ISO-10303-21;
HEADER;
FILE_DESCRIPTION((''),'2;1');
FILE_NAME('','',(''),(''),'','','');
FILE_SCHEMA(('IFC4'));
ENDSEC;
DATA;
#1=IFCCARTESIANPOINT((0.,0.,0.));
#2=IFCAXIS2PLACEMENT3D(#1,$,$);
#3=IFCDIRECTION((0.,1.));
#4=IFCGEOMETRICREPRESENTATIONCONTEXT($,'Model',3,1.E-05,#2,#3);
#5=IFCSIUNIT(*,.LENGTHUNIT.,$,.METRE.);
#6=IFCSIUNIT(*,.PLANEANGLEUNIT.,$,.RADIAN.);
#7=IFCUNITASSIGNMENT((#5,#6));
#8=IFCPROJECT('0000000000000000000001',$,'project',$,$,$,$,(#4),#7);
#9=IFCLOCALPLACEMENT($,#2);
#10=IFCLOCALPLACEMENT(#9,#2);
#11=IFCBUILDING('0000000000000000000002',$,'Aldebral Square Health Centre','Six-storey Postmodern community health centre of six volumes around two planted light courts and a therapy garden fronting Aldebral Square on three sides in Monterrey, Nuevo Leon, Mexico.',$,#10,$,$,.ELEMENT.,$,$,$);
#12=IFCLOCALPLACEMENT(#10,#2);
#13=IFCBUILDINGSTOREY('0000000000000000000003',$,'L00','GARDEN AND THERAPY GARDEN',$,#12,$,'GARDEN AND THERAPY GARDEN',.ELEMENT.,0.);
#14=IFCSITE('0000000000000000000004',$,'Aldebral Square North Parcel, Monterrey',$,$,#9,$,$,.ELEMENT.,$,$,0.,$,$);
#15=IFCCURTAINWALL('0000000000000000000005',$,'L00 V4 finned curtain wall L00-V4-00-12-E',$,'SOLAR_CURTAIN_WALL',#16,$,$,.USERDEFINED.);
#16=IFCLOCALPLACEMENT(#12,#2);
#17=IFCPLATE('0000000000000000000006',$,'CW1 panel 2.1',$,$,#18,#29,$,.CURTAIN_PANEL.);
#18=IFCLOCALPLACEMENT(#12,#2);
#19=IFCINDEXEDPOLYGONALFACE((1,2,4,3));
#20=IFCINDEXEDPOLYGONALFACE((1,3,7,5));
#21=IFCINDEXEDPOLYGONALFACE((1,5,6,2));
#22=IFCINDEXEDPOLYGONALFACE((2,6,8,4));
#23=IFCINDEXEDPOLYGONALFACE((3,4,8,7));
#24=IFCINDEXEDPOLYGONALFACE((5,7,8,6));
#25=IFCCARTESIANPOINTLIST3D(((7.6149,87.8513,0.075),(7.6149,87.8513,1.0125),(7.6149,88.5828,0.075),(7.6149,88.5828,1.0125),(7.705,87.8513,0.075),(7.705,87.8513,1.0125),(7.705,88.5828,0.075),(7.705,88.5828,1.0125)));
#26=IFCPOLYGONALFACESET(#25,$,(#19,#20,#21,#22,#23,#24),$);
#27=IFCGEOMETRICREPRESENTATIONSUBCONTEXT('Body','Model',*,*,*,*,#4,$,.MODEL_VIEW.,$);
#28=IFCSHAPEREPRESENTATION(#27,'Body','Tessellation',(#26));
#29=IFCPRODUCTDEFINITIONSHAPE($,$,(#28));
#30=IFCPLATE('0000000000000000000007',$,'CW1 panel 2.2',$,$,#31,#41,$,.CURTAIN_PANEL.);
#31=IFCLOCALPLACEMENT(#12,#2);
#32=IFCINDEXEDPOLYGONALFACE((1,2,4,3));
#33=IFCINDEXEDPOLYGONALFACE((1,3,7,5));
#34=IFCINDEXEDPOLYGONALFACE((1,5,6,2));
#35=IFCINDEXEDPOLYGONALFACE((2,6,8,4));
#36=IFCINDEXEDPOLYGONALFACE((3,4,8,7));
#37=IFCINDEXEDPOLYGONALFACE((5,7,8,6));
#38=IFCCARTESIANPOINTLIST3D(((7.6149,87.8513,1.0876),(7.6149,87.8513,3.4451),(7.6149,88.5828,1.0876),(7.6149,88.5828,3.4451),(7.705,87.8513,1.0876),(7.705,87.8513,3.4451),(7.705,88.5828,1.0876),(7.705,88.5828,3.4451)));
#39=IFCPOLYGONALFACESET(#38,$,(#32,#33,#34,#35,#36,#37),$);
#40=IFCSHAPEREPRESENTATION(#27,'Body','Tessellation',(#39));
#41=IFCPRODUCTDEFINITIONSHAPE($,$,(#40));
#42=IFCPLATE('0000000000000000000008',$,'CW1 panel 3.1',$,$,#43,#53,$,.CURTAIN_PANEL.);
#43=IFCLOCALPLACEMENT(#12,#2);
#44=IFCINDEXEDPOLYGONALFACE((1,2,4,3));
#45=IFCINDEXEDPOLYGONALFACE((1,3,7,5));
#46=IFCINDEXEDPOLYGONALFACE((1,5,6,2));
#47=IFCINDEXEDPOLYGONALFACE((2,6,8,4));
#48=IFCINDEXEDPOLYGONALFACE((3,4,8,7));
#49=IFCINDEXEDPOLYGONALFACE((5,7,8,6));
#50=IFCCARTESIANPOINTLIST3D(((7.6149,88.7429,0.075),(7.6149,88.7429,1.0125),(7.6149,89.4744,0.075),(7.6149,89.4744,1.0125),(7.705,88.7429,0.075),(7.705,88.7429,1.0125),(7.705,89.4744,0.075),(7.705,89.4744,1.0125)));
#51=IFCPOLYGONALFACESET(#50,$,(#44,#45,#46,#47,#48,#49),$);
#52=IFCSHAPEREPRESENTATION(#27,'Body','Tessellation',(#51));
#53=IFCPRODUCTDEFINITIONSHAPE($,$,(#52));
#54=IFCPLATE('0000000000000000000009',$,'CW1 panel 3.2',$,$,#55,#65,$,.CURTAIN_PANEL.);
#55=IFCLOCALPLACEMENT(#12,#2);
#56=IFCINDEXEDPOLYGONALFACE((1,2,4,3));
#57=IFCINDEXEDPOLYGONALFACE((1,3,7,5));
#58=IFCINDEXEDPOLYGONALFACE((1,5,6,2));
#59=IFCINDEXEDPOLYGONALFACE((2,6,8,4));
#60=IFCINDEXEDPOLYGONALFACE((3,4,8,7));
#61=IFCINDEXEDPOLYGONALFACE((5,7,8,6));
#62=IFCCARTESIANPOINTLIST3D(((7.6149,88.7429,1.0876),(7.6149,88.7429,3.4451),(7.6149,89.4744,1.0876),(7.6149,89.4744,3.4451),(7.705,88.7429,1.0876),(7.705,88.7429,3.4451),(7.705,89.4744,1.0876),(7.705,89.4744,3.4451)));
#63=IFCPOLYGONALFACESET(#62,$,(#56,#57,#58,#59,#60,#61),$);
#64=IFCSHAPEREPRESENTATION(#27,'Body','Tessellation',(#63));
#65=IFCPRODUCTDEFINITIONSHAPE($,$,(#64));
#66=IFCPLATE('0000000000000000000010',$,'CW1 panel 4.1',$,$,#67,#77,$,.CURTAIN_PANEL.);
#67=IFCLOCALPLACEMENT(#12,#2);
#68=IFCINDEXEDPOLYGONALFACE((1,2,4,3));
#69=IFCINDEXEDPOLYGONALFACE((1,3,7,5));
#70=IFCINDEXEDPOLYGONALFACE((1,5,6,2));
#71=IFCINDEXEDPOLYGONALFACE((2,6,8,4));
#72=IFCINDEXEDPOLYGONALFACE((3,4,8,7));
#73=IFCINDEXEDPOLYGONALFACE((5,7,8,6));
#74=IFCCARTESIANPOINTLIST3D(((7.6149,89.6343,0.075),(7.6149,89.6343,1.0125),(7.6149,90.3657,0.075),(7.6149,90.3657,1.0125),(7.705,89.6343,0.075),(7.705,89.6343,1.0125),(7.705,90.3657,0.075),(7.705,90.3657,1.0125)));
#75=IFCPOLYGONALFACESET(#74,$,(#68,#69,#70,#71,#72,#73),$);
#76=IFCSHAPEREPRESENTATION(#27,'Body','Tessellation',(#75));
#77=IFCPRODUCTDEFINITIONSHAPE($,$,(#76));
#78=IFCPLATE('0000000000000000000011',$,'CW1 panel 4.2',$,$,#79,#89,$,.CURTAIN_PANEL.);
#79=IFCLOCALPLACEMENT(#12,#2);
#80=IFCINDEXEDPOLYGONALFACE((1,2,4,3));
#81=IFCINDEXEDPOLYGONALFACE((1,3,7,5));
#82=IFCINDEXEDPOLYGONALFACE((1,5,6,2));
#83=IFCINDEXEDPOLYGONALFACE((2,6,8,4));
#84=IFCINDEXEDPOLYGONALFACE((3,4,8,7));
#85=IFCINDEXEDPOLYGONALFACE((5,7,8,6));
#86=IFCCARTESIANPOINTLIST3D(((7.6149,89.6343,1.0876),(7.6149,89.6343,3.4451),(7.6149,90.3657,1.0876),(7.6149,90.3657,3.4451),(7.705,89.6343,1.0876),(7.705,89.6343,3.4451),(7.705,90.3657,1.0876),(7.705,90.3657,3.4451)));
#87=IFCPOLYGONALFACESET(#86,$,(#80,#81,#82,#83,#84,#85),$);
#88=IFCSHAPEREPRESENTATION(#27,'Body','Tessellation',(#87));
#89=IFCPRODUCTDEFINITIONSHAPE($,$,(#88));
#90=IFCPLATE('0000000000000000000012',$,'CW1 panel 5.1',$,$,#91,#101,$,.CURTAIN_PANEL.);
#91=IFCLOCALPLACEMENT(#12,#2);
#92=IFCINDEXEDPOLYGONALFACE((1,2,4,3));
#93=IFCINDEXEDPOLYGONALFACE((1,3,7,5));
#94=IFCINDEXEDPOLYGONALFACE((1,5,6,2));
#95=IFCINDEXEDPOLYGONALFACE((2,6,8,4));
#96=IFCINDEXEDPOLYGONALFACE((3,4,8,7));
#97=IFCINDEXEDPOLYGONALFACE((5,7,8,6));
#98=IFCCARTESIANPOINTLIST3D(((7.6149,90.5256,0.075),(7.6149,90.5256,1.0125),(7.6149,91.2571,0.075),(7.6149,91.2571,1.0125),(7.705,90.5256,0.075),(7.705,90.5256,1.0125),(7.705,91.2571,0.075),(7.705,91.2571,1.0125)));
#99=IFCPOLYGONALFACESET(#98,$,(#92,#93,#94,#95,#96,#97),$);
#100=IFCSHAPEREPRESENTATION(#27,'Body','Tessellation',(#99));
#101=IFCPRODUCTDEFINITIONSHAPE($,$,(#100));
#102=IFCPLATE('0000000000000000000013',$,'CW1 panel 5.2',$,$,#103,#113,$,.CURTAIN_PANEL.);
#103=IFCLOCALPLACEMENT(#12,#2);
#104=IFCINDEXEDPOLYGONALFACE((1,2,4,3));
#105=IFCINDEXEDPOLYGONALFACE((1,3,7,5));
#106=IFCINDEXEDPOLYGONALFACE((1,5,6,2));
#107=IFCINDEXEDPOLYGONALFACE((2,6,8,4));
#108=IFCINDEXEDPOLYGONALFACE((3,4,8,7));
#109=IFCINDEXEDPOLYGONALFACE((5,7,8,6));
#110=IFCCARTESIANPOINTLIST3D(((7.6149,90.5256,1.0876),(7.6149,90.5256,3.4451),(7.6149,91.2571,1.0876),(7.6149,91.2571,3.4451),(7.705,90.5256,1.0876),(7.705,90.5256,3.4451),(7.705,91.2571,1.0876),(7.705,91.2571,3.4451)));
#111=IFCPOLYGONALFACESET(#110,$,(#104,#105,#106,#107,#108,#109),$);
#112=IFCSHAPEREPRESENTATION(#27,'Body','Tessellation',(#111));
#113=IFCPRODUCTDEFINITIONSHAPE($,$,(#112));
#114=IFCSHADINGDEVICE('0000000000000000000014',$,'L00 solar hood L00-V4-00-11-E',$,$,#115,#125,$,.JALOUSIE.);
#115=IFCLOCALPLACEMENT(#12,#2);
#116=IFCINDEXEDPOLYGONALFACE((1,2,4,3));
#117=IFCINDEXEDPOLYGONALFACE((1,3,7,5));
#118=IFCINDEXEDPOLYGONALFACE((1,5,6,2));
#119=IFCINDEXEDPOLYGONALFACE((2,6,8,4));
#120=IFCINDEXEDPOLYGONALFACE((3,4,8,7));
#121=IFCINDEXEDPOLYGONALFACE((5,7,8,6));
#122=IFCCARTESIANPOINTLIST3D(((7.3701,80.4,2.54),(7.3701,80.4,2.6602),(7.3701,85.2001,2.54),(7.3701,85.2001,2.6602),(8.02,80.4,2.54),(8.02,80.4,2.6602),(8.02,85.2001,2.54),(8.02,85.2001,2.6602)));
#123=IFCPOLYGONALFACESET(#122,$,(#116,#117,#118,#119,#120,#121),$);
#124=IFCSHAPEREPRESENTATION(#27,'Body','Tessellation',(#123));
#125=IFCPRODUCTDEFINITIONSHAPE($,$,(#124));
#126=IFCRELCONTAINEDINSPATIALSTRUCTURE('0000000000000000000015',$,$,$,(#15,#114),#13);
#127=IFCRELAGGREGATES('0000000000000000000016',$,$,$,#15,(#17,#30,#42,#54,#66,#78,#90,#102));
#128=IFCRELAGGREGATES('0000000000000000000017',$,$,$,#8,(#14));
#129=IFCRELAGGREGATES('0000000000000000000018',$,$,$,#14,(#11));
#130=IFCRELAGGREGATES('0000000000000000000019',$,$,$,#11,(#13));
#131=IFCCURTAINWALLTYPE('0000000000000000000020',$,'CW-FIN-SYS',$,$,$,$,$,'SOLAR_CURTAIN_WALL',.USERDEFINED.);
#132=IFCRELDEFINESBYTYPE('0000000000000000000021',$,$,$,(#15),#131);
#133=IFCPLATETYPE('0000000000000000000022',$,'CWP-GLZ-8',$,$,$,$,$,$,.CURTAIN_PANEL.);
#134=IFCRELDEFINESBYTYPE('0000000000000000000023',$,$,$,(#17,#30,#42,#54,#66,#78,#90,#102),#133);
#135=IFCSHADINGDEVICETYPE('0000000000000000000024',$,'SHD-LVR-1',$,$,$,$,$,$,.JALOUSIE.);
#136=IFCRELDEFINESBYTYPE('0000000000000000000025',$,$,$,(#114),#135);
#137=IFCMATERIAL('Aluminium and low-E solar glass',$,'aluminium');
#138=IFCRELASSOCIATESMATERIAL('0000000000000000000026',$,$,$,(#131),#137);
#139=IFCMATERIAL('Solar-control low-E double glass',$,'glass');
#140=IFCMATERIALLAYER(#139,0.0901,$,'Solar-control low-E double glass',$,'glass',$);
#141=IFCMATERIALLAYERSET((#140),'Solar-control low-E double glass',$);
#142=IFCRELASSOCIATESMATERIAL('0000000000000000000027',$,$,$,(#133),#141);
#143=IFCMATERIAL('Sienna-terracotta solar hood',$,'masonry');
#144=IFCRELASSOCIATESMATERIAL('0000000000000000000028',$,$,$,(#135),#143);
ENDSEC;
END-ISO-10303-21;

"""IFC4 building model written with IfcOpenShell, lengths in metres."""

from ifc_helpers import new_model, si_unit, direction, frame, origin, origin_2d, place, context, subcontext, project, spatial, rectangle, extrude, material, layer, layer_set, type_object, element, aggregate, save


model = new_model("IFC4")

# Units and contexts
model_context = context("Model", 3, precision=1e-05, world=origin(), true_north=direction((0.0, 1.0)))
body_context = subcontext(model_context, "Body", "Model", "MODEL_VIEW")
ifc_project = project(units=[si_unit("LENGTHUNIT", "METRE"), si_unit("PLANEANGLEUNIT", "RADIAN")], contexts=[model_context])

# Site, building, storey
site_placement = place(None, origin())
site = spatial("IfcSite", under=ifc_project, at=site_placement, Name="Aldebral Square North Parcel, Monterrey", CompositionType="ELEMENT", RefElevation=0.0)
building_placement = place(site_placement, origin())
building = spatial("IfcBuilding", under=site, at=building_placement, Name="Aldebral Square Health Centre", Description="Six-storey Postmodern community health centre of six volumes around two planted light courts and a therapy garden fronting Aldebral Square on three sides in Monterrey, Nuevo Leon, Mexico.", CompositionType="ELEMENT")
storey_placement = place(building_placement, origin())
storey = spatial("IfcBuildingStorey", under=building, at=storey_placement, Name="L00", Description="GARDEN AND THERAPY GARDEN", LongName="GARDEN AND THERAPY GARDEN", CompositionType="ELEMENT", Elevation=0.0)

# Curtain wall, plates
ifc_material_1 = material(Name="Aluminium and low-E solar glass", Category="aluminium")
curtain_wall_type = type_object("IfcCurtainWallType", Name="CW-FIN-SYS", ElementType="SOLAR_CURTAIN_WALL", PredefinedType="USERDEFINED", material=ifc_material_1)
curtain_wall_placement = place(storey_placement, origin())
curtain_wall = element("IfcCurtainWall", 1, at=curtain_wall_placement, inside=storey, type_object=curtain_wall_type, Name="L00 V4 finned curtain wall L00-V4-00-12-E", ObjectType="SOLAR_CURTAIN_WALL", PredefinedType="USERDEFINED")
ifc_material_2 = material(Name="Solar-control low-E double glass", Category="glass")
ifc_layer_1 = layer(ifc_material_2, 0.0901, Name="Solar-control low-E double glass", Category="glass")
ifc_layer_set_1 = layer_set([ifc_layer_1], Name="Solar-control low-E double glass")
plate_type = type_object("IfcPlateType", Name="CWP-GLZ-8", PredefinedType="CURTAIN_PANEL", material=ifc_layer_set_1)
plate_1_placement = place(storey_placement, frame((7.6599, 88.217, 0.075), z_axis=(0.0, 0.0, 1.0), x_axis=(0.0, 1.0, 0.0)))
plate_1 = element("IfcPlate", 2, at=plate_1_placement, type_object=plate_type, Name="CW1 panel 2.1", PredefinedType="CURTAIN_PANEL", context=body_context, shape_type="SweptSolid", body=[
    extrude(rectangle(XDim=0.7314, YDim=0.0901, at=origin_2d()), origin(), (0.0, 0.0, 1.0), 0.9375),
])
plate_2_placement = place(storey_placement, frame((7.6599, 88.217, 1.0876), z_axis=(0.0, 0.0, 1.0), x_axis=(0.0, 1.0, 0.0)))
plate_2 = element("IfcPlate", 3, at=plate_2_placement, type_object=plate_type, Name="CW1 panel 2.2", PredefinedType="CURTAIN_PANEL", context=body_context, shape_type="SweptSolid", body=[
    extrude(rectangle(XDim=0.7314, YDim=0.0901, at=origin_2d()), origin(), (0.0, 0.0, 1.0), 2.3574),
])
plate_3_placement = place(storey_placement, frame((7.6599, 89.1086, 0.075), z_axis=(0.0, 0.0, 1.0), x_axis=(0.0, 1.0, 0.0)))
plate_3 = element("IfcPlate", 4, at=plate_3_placement, type_object=plate_type, Name="CW1 panel 3.1", PredefinedType="CURTAIN_PANEL", context=body_context, shape_type="SweptSolid", body=[
    extrude(rectangle(XDim=0.7314, YDim=0.0901, at=origin_2d()), origin(), (0.0, 0.0, 1.0), 0.9375),
])
plate_4_placement = place(storey_placement, frame((7.6599, 89.1086, 1.0876), z_axis=(0.0, 0.0, 1.0), x_axis=(0.0, 1.0, 0.0)))
plate_4 = element("IfcPlate", 5, at=plate_4_placement, type_object=plate_type, Name="CW1 panel 3.2", PredefinedType="CURTAIN_PANEL", context=body_context, shape_type="SweptSolid", body=[
    extrude(rectangle(XDim=0.7314, YDim=0.0901, at=origin_2d()), origin(), (0.0, 0.0, 1.0), 2.3574),
])
plate_5_placement = place(storey_placement, frame((7.6599, 90.0, 0.075), z_axis=(0.0, 0.0, 1.0), x_axis=(0.0, 1.0, 0.0)))
plate_5 = element("IfcPlate", 6, at=plate_5_placement, type_object=plate_type, Name="CW1 panel 4.1", PredefinedType="CURTAIN_PANEL", context=body_context, shape_type="SweptSolid", body=[
    extrude(rectangle(XDim=0.7314, YDim=0.0901, at=origin_2d()), origin(), (0.0, 0.0, 1.0), 0.9375),
])
plate_6_placement = place(storey_placement, frame((7.6599, 90.0, 1.0876), z_axis=(0.0, 0.0, 1.0), x_axis=(0.0, 1.0, 0.0)))
plate_6 = element("IfcPlate", 7, at=plate_6_placement, type_object=plate_type, Name="CW1 panel 4.2", PredefinedType="CURTAIN_PANEL", context=body_context, shape_type="SweptSolid", body=[
    extrude(rectangle(XDim=0.7314, YDim=0.0901, at=origin_2d()), origin(), (0.0, 0.0, 1.0), 2.3574),
])
plate_7_placement = place(storey_placement, frame((7.6599, 90.8914, 0.075), z_axis=(0.0, 0.0, 1.0), x_axis=(0.0, 1.0, 0.0)))
plate_7 = element("IfcPlate", 8, at=plate_7_placement, type_object=plate_type, Name="CW1 panel 5.1", PredefinedType="CURTAIN_PANEL", context=body_context, shape_type="SweptSolid", body=[
    extrude(rectangle(XDim=0.7314, YDim=0.0901, at=origin_2d()), origin(), (0.0, 0.0, 1.0), 0.9375),
])
plate_8_placement = place(storey_placement, frame((7.6599, 90.8914, 1.0876), z_axis=(0.0, 0.0, 1.0), x_axis=(0.0, 1.0, 0.0)))
plate_8 = element("IfcPlate", 9, at=plate_8_placement, type_object=plate_type, Name="CW1 panel 5.2", PredefinedType="CURTAIN_PANEL", context=body_context, shape_type="SweptSolid", body=[
    extrude(rectangle(XDim=0.7314, YDim=0.0901, at=origin_2d()), origin(), (0.0, 0.0, 1.0), 2.3574),
])
aggregate(curtain_wall, [plate_1, plate_2, plate_3, plate_4, plate_5, plate_6, plate_7, plate_8])

# Shading device
ifc_material_3 = material(Name="Sienna-terracotta solar hood", Category="masonry")
shading_device_type = type_object("IfcShadingDeviceType", Name="SHD-LVR-1", PredefinedType="JALOUSIE", material=ifc_material_3)
shading_device_placement = place(storey_placement, frame((7.6951, 82.8, 2.54), z_axis=(0.0, 0.0, 1.0), x_axis=(0.0, 1.0, 0.0)))
element("IfcShadingDevice", 10, at=shading_device_placement, inside=storey, type_object=shading_device_type, Name="L00 solar hood L00-V4-00-11-E", PredefinedType="JALOUSIE", context=body_context, shape_type="SweptSolid", body=[
    extrude(rectangle(XDim=4.8, YDim=0.6499, at=origin_2d()), origin(), (0.0, 0.0, 1.0), 0.1201),
])

save(model, "model.ifc")
